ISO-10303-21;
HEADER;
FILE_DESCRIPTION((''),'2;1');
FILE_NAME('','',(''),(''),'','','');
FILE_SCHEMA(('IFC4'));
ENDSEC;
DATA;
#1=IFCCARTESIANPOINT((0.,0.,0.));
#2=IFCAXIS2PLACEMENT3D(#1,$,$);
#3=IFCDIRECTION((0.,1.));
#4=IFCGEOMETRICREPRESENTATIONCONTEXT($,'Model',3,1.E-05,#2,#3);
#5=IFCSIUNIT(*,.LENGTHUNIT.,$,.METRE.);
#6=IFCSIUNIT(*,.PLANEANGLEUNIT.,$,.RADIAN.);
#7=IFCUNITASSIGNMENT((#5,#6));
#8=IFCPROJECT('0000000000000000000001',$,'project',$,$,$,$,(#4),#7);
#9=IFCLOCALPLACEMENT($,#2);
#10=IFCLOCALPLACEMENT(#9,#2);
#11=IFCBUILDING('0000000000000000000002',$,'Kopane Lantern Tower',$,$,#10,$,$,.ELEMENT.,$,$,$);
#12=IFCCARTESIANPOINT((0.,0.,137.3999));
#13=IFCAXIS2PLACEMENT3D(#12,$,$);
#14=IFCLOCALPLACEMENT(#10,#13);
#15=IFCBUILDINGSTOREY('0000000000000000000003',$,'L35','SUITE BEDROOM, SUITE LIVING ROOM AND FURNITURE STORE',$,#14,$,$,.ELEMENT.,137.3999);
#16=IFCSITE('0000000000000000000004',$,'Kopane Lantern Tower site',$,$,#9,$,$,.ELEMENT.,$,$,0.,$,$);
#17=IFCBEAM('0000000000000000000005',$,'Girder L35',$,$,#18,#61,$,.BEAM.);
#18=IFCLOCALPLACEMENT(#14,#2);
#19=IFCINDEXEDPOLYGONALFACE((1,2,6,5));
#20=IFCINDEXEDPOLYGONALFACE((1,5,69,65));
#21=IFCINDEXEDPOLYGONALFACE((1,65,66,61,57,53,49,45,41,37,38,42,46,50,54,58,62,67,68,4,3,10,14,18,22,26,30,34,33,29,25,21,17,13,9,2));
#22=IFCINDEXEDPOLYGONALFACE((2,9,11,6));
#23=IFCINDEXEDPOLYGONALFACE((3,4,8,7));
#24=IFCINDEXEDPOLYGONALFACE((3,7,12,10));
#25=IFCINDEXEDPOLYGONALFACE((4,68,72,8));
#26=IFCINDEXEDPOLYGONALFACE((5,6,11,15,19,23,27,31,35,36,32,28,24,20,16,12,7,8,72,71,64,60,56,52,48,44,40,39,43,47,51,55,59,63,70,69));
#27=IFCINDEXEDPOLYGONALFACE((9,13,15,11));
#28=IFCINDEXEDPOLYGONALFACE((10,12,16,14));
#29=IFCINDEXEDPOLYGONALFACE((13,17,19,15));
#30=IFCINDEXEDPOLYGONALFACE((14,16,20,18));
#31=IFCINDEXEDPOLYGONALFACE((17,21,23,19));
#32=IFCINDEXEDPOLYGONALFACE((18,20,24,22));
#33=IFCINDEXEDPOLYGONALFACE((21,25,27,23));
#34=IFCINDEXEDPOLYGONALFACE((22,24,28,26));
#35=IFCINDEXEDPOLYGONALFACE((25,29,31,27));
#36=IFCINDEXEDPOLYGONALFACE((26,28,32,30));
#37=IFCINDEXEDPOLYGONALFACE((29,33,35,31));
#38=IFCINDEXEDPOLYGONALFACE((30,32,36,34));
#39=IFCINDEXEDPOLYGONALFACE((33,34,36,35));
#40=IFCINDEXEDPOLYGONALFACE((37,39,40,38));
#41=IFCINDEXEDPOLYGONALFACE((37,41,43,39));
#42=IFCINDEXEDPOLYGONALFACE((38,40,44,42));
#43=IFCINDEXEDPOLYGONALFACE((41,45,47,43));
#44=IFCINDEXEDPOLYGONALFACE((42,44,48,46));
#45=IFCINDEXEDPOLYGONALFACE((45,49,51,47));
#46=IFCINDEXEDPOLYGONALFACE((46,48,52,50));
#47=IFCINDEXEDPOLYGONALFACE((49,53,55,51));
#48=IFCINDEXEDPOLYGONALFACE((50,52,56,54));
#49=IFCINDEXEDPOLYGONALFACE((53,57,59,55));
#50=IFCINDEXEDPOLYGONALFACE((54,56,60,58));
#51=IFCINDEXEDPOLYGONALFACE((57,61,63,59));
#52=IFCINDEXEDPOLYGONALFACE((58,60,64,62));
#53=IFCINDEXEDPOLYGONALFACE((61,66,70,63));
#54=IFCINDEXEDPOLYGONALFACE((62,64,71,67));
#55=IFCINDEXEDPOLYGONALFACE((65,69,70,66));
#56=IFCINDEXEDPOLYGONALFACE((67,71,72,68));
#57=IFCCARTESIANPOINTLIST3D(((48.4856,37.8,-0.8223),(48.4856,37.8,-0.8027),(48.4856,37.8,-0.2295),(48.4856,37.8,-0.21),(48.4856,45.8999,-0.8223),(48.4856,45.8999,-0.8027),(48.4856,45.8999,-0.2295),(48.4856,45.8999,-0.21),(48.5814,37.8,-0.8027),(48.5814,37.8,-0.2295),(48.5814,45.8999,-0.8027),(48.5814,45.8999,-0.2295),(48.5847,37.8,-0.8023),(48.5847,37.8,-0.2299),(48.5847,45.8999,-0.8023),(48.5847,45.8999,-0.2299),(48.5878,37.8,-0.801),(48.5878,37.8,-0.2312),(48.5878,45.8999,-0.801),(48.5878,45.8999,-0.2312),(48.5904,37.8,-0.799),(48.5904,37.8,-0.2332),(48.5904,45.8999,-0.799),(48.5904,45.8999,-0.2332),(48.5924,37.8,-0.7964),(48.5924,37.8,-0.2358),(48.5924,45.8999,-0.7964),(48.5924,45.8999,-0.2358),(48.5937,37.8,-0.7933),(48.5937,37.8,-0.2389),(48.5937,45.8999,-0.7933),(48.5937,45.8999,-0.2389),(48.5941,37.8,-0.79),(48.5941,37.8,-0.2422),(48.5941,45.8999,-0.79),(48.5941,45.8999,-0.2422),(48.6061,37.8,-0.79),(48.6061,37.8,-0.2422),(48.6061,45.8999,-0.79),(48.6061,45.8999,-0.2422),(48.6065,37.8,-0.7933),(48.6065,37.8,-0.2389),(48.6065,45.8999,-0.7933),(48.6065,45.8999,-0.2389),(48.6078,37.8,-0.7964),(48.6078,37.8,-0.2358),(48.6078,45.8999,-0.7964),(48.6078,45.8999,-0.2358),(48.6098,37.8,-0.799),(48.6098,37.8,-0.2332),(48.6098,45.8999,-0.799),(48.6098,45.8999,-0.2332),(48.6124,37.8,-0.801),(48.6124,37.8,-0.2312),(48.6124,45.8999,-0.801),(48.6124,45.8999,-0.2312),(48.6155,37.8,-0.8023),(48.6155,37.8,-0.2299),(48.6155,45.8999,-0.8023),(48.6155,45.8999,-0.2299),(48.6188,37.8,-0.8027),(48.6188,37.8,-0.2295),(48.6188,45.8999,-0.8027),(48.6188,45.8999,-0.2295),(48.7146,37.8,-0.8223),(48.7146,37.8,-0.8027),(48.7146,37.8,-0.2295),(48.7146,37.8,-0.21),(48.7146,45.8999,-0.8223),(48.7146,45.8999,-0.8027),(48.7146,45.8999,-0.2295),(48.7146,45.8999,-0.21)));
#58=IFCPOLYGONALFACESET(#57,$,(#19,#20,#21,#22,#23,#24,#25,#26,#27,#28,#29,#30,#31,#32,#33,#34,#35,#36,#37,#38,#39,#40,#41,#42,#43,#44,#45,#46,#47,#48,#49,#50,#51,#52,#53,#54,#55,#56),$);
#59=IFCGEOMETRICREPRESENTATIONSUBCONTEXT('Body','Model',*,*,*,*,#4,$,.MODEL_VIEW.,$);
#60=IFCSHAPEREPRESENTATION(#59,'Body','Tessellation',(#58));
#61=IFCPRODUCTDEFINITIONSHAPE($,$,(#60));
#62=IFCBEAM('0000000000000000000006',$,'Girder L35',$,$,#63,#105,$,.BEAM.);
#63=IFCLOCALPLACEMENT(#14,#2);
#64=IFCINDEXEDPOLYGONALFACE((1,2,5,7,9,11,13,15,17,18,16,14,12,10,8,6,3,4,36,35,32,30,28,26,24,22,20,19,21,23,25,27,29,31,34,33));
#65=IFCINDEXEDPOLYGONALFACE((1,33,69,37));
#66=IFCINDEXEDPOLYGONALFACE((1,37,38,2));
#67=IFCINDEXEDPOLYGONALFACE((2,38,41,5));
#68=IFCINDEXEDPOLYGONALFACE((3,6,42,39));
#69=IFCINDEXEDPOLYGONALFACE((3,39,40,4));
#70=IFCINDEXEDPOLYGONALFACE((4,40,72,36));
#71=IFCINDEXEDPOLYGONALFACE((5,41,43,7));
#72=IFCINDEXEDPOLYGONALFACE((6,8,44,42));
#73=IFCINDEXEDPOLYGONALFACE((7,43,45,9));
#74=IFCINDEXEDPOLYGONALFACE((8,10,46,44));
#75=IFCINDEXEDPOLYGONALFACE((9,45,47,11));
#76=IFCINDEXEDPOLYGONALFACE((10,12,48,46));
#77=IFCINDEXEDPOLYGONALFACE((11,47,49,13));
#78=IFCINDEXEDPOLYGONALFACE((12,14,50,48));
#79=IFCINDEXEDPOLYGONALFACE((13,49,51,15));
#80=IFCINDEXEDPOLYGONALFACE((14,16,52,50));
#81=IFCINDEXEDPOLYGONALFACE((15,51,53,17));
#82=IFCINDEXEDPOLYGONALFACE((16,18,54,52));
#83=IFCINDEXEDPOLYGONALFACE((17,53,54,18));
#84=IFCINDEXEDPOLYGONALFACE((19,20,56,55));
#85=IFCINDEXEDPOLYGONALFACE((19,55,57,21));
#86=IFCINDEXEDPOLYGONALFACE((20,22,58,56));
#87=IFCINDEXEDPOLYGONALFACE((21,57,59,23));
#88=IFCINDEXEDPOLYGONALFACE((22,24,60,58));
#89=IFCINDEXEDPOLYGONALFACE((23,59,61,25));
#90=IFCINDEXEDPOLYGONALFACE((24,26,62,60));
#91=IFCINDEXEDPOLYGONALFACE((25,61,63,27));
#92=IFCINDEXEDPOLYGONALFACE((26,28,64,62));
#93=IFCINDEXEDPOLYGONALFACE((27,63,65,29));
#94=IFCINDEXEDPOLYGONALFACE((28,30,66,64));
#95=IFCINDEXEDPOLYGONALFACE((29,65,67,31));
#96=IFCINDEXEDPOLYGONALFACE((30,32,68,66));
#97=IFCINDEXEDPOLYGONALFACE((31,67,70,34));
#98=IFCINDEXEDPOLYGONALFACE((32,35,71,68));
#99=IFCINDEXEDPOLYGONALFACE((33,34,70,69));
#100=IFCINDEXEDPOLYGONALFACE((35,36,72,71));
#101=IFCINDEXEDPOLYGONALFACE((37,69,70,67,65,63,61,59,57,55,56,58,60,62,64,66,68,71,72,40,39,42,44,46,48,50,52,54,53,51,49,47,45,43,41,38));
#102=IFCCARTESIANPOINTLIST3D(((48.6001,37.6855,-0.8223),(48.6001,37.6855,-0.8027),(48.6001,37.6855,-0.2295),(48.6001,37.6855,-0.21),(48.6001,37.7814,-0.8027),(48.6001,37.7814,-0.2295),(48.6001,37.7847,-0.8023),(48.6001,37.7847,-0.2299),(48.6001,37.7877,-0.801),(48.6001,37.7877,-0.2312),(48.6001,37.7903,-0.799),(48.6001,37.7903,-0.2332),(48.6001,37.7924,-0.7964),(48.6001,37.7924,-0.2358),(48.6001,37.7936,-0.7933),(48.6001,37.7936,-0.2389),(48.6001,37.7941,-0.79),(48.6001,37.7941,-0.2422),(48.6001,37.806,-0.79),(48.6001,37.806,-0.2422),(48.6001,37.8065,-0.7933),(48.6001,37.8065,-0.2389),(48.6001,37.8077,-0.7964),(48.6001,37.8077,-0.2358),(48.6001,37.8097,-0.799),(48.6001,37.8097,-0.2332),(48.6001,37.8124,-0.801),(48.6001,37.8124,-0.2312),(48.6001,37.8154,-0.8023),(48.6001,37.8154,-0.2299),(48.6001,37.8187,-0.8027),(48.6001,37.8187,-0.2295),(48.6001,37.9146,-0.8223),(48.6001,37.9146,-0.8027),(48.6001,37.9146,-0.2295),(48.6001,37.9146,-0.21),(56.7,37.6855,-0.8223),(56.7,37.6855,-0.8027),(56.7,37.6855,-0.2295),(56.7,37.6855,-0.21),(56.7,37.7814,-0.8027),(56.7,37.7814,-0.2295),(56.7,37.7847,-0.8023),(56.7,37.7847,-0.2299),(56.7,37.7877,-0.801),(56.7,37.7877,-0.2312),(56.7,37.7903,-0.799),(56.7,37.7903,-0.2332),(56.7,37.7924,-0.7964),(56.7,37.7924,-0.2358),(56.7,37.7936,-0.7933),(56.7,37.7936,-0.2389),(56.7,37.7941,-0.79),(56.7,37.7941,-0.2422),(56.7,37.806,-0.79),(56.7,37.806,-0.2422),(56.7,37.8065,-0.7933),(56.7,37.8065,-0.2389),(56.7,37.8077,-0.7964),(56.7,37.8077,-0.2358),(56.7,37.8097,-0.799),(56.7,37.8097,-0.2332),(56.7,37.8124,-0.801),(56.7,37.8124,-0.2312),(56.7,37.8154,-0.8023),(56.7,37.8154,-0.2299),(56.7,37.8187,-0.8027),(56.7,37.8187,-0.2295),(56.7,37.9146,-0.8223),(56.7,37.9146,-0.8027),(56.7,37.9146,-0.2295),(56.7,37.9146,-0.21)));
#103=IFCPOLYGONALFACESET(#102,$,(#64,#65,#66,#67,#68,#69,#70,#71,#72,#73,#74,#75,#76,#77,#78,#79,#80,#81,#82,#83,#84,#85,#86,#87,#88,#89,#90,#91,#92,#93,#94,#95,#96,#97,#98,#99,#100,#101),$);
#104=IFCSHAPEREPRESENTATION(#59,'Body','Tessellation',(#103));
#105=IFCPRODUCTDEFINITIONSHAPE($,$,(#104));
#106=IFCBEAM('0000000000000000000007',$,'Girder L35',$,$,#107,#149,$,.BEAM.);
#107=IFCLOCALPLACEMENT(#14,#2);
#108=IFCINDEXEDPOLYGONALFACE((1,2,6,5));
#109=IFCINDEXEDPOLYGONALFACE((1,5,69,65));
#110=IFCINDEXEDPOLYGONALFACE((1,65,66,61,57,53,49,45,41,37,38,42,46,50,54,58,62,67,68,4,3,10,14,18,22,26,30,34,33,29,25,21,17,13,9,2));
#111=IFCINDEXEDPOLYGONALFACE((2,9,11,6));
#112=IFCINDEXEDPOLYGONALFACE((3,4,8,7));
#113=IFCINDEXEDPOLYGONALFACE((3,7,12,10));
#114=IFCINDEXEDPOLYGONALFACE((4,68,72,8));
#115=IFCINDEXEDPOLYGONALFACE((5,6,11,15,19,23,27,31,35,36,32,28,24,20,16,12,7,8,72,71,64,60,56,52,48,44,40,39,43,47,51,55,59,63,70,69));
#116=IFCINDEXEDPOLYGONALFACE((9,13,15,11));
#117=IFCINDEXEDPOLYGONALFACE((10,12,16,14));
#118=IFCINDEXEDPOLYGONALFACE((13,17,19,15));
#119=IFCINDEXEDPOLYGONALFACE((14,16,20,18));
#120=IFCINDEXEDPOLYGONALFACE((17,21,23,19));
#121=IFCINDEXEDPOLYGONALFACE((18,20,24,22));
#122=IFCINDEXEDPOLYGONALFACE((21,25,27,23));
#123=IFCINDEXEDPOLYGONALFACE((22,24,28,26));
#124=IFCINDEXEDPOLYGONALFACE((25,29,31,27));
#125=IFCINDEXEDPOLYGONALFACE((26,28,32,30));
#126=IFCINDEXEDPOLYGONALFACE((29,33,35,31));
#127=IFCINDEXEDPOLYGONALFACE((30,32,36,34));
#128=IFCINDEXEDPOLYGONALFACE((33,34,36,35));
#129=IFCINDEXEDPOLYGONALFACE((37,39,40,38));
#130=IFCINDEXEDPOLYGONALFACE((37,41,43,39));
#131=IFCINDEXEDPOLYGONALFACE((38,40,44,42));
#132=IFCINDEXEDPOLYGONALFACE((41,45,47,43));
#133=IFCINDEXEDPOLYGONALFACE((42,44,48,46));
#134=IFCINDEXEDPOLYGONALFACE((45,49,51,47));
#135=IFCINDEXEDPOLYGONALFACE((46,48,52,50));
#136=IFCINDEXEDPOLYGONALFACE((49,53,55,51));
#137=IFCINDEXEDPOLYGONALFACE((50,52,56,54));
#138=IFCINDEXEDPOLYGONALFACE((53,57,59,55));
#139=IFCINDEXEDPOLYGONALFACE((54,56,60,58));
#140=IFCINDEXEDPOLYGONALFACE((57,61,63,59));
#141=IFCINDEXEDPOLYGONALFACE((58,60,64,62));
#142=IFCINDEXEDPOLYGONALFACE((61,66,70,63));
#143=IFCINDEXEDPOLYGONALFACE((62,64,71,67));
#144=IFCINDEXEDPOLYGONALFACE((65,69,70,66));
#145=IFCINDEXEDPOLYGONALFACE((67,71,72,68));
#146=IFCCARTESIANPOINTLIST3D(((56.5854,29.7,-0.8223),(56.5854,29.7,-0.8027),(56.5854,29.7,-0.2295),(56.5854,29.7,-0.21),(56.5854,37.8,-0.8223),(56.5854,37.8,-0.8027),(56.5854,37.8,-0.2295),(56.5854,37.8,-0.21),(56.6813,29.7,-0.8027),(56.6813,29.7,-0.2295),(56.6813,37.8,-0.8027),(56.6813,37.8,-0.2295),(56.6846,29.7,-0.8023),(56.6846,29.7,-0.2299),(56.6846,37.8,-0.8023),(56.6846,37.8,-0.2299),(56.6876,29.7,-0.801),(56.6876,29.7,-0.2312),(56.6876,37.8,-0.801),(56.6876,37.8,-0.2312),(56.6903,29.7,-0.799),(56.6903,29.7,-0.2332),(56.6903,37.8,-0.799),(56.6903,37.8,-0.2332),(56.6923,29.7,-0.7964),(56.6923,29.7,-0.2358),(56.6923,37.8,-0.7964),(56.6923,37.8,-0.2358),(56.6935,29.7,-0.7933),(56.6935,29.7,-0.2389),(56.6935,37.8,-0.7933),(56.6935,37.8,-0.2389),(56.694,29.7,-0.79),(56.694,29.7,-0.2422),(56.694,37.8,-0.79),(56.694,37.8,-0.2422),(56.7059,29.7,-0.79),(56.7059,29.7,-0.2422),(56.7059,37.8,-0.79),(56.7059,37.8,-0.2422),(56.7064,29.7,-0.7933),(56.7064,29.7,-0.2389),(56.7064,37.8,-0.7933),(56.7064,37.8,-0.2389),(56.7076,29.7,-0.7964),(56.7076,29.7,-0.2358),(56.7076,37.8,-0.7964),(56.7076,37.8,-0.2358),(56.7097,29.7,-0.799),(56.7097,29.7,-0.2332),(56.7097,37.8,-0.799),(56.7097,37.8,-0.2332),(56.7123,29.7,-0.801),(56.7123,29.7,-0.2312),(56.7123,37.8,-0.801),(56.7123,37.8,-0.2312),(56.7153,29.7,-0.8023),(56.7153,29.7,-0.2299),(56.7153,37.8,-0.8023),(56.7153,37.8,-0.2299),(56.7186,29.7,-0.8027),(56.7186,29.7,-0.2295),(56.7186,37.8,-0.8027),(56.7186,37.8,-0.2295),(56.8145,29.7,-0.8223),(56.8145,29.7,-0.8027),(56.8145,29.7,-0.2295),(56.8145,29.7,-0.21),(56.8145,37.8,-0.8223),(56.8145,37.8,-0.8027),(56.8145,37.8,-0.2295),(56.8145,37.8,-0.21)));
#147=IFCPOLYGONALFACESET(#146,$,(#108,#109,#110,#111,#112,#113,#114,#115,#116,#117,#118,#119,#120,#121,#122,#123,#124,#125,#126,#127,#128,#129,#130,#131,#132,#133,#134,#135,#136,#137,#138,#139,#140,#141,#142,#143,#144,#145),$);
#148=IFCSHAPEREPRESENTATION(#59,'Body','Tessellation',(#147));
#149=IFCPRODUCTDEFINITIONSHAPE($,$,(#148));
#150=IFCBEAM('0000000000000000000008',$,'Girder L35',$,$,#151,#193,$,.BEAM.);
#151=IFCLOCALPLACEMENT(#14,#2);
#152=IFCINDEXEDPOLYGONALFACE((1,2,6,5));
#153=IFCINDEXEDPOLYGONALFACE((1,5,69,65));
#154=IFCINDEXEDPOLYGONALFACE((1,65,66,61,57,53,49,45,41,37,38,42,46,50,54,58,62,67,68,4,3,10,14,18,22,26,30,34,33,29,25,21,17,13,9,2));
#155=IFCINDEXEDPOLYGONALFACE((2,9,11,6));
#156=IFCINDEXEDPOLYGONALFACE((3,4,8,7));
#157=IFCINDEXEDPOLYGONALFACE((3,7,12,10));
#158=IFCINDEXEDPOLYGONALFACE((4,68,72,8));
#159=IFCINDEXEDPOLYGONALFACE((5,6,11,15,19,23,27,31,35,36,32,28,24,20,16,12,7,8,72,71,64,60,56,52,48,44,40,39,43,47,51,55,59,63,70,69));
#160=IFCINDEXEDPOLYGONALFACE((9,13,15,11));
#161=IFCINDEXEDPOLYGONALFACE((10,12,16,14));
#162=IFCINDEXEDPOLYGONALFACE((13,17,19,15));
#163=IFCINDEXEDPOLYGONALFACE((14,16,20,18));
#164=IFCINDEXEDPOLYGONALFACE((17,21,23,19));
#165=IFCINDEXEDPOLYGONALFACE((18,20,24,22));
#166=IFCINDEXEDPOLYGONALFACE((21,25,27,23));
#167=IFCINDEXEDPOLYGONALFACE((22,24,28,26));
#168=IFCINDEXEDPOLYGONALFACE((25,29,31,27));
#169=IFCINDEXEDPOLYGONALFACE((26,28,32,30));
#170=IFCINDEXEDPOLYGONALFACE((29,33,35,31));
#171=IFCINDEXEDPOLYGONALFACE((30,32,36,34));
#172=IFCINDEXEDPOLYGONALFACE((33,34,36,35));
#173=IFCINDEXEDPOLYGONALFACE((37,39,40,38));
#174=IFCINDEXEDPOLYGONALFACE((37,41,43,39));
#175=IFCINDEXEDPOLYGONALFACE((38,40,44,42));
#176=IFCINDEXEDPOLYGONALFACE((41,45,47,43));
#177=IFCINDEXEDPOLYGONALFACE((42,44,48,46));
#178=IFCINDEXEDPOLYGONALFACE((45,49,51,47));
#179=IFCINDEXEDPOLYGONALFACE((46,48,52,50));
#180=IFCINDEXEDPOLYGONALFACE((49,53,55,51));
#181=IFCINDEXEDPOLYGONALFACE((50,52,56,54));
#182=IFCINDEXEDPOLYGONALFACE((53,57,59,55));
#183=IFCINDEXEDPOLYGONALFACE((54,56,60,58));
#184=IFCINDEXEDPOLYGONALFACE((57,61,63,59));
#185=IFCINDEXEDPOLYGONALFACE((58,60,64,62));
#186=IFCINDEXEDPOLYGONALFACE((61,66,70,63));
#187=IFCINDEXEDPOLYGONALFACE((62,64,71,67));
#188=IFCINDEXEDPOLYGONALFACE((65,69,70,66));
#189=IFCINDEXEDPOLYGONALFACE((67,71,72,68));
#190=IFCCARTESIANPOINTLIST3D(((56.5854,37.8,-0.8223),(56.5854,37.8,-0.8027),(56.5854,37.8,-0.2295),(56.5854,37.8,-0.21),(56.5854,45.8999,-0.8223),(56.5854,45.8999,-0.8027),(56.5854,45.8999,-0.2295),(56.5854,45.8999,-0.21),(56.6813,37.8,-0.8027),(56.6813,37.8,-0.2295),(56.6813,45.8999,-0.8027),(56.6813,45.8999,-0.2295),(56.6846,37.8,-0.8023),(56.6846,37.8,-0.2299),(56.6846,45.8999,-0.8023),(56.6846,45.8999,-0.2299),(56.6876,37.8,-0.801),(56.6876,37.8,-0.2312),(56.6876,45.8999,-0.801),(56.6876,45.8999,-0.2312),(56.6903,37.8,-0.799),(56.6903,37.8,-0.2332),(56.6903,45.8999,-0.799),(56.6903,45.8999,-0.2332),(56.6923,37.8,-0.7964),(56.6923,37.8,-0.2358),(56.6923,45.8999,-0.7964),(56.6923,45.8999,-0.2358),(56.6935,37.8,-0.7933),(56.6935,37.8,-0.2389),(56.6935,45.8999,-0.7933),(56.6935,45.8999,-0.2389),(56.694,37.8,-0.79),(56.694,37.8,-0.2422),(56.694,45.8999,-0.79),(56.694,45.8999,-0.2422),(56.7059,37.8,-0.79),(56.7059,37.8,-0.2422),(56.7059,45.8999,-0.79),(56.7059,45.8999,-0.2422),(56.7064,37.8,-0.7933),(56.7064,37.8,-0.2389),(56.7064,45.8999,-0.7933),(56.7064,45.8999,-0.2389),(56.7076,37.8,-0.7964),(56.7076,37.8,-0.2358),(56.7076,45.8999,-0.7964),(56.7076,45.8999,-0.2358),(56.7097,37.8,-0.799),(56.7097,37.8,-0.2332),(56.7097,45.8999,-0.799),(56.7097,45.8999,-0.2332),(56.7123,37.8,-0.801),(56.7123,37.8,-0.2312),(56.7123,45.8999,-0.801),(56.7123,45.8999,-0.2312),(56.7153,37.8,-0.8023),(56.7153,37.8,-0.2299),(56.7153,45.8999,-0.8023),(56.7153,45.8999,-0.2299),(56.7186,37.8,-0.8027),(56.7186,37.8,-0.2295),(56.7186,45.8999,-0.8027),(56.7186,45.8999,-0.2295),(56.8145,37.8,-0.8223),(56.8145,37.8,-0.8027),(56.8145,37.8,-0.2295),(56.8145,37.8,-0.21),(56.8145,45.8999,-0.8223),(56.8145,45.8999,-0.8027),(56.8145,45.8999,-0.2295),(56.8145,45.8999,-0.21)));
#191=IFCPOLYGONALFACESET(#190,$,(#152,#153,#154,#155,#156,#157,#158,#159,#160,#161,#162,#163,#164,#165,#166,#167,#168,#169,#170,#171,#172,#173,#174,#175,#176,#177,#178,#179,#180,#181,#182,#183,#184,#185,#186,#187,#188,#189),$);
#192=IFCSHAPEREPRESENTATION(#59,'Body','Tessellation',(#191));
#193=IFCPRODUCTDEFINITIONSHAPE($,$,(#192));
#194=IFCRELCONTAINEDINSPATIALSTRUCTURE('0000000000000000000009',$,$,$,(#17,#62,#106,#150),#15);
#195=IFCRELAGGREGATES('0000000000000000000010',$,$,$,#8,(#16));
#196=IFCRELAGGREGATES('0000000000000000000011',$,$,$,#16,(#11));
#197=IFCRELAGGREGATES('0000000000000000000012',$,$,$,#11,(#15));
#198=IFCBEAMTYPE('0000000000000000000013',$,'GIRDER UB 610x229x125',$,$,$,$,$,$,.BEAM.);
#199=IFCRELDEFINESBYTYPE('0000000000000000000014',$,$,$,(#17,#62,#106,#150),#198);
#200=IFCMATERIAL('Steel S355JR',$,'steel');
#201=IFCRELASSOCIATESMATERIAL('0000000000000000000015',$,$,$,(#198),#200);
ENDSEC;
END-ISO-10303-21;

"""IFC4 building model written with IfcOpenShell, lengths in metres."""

from ifc_helpers import new_model, si_unit, direction, frame, origin, origin_2d, place, context, subcontext, project, spatial, i_section, extrude, material, material_profile, profile_set, type_object, element, save


model = new_model("IFC4")

# Units and contexts
model_context = context("Model", 3, precision=1e-05, world=origin(), true_north=direction((0.0, 1.0)))
body_context = subcontext(model_context, "Body", "Model", "MODEL_VIEW")
ifc_project = project(units=[si_unit("LENGTHUNIT", "METRE"), si_unit("PLANEANGLEUNIT", "RADIAN")], contexts=[model_context])

# Site, building, storey
site_placement = place(None, origin())
site = spatial("IfcSite", under=ifc_project, at=site_placement, Name="Kopane Lantern Tower site", CompositionType="ELEMENT", RefElevation=0.0)
building_placement = place(site_placement, origin())
building = spatial("IfcBuilding", under=site, at=building_placement, Name="Kopane Lantern Tower", CompositionType="ELEMENT")
storey_placement = place(building_placement, frame((0.0, 0.0, 137.3999)))
storey = spatial("IfcBuildingStorey", under=building, at=storey_placement, Name="L35", Description="SUITE BEDROOM, SUITE LIVING ROOM AND FURNITURE STORE", CompositionType="ELEMENT", Elevation=137.3999)

# Beams
ifc_material_1 = material(Name="Steel S355JR", Category="steel")
ifc_material_profile_1 = material_profile(ifc_material_1, i_section(OverallWidth=0.229, OverallDepth=0.6123, WebThickness=0.012, FlangeThickness=0.0195, FilletRadius=0.0127, at=origin_2d()), Name="UB 610x229x125")
ifc_profile_set_1 = profile_set([ifc_material_profile_1], Name="Steel S355JR")
beam_type = type_object("IfcBeamType", Name="GIRDER UB 610x229x125", PredefinedType="BEAM", material=ifc_profile_set_1)
for number, where, z_axis, x_axis, name in (
    (1, (48.6001, 37.8, -0.5161), (0.0, 1.0, 0.0), (-1.0, 0.0, 0.0), "Girder L35"),
    (2, (48.6001, 37.8, -0.5161), (1.0, 0.0, 0.0), (0.0, 1.0, 0.0), "Girder L35"),
):
    element("IfcBeam", number, at=place(storey_placement, frame(where, z_axis=z_axis, x_axis=x_axis)), inside=storey, type_object=beam_type, Name=name, PredefinedType="BEAM", context=body_context, shape_type="SweptSolid", body=[
        extrude(i_section(OverallWidth=0.229, OverallDepth=0.6123, WebThickness=0.012, FlangeThickness=0.0195, FilletRadius=0.0127, at=origin_2d()), origin(), (0.0, 0.0, 1.0), 8.0999),
    ])
beam_1_placement = place(storey_placement, frame((56.7, 29.7, -0.5161), z_axis=(0.0, 1.0, 0.0), x_axis=(-1.0, 0.0, 0.0)))
element("IfcBeam", 3, at=beam_1_placement, inside=storey, type_object=beam_type, Name="Girder L35", PredefinedType="BEAM", context=body_context, shape_type="SweptSolid", body=[
    extrude(i_section(OverallWidth=0.229, OverallDepth=0.6123, WebThickness=0.012, FlangeThickness=0.0195, FilletRadius=0.0127, at=origin_2d()), origin(), (0.0, 0.0, 1.0), 8.1001),
])
beam_2_placement = place(storey_placement, frame((56.7, 37.8, -0.5161), z_axis=(0.0, 1.0, 0.0), x_axis=(-1.0, 0.0, 0.0)))
element("IfcBeam", 4, at=beam_2_placement, inside=storey, type_object=beam_type, Name="Girder L35", PredefinedType="BEAM", context=body_context, shape_type="SweptSolid", body=[
    extrude(i_section(OverallWidth=0.229, OverallDepth=0.6123, WebThickness=0.012, FlangeThickness=0.0195, FilletRadius=0.0127, at=origin_2d()), origin(), (0.0, 0.0, 1.0), 8.0999),
])

save(model, "model.ifc")
